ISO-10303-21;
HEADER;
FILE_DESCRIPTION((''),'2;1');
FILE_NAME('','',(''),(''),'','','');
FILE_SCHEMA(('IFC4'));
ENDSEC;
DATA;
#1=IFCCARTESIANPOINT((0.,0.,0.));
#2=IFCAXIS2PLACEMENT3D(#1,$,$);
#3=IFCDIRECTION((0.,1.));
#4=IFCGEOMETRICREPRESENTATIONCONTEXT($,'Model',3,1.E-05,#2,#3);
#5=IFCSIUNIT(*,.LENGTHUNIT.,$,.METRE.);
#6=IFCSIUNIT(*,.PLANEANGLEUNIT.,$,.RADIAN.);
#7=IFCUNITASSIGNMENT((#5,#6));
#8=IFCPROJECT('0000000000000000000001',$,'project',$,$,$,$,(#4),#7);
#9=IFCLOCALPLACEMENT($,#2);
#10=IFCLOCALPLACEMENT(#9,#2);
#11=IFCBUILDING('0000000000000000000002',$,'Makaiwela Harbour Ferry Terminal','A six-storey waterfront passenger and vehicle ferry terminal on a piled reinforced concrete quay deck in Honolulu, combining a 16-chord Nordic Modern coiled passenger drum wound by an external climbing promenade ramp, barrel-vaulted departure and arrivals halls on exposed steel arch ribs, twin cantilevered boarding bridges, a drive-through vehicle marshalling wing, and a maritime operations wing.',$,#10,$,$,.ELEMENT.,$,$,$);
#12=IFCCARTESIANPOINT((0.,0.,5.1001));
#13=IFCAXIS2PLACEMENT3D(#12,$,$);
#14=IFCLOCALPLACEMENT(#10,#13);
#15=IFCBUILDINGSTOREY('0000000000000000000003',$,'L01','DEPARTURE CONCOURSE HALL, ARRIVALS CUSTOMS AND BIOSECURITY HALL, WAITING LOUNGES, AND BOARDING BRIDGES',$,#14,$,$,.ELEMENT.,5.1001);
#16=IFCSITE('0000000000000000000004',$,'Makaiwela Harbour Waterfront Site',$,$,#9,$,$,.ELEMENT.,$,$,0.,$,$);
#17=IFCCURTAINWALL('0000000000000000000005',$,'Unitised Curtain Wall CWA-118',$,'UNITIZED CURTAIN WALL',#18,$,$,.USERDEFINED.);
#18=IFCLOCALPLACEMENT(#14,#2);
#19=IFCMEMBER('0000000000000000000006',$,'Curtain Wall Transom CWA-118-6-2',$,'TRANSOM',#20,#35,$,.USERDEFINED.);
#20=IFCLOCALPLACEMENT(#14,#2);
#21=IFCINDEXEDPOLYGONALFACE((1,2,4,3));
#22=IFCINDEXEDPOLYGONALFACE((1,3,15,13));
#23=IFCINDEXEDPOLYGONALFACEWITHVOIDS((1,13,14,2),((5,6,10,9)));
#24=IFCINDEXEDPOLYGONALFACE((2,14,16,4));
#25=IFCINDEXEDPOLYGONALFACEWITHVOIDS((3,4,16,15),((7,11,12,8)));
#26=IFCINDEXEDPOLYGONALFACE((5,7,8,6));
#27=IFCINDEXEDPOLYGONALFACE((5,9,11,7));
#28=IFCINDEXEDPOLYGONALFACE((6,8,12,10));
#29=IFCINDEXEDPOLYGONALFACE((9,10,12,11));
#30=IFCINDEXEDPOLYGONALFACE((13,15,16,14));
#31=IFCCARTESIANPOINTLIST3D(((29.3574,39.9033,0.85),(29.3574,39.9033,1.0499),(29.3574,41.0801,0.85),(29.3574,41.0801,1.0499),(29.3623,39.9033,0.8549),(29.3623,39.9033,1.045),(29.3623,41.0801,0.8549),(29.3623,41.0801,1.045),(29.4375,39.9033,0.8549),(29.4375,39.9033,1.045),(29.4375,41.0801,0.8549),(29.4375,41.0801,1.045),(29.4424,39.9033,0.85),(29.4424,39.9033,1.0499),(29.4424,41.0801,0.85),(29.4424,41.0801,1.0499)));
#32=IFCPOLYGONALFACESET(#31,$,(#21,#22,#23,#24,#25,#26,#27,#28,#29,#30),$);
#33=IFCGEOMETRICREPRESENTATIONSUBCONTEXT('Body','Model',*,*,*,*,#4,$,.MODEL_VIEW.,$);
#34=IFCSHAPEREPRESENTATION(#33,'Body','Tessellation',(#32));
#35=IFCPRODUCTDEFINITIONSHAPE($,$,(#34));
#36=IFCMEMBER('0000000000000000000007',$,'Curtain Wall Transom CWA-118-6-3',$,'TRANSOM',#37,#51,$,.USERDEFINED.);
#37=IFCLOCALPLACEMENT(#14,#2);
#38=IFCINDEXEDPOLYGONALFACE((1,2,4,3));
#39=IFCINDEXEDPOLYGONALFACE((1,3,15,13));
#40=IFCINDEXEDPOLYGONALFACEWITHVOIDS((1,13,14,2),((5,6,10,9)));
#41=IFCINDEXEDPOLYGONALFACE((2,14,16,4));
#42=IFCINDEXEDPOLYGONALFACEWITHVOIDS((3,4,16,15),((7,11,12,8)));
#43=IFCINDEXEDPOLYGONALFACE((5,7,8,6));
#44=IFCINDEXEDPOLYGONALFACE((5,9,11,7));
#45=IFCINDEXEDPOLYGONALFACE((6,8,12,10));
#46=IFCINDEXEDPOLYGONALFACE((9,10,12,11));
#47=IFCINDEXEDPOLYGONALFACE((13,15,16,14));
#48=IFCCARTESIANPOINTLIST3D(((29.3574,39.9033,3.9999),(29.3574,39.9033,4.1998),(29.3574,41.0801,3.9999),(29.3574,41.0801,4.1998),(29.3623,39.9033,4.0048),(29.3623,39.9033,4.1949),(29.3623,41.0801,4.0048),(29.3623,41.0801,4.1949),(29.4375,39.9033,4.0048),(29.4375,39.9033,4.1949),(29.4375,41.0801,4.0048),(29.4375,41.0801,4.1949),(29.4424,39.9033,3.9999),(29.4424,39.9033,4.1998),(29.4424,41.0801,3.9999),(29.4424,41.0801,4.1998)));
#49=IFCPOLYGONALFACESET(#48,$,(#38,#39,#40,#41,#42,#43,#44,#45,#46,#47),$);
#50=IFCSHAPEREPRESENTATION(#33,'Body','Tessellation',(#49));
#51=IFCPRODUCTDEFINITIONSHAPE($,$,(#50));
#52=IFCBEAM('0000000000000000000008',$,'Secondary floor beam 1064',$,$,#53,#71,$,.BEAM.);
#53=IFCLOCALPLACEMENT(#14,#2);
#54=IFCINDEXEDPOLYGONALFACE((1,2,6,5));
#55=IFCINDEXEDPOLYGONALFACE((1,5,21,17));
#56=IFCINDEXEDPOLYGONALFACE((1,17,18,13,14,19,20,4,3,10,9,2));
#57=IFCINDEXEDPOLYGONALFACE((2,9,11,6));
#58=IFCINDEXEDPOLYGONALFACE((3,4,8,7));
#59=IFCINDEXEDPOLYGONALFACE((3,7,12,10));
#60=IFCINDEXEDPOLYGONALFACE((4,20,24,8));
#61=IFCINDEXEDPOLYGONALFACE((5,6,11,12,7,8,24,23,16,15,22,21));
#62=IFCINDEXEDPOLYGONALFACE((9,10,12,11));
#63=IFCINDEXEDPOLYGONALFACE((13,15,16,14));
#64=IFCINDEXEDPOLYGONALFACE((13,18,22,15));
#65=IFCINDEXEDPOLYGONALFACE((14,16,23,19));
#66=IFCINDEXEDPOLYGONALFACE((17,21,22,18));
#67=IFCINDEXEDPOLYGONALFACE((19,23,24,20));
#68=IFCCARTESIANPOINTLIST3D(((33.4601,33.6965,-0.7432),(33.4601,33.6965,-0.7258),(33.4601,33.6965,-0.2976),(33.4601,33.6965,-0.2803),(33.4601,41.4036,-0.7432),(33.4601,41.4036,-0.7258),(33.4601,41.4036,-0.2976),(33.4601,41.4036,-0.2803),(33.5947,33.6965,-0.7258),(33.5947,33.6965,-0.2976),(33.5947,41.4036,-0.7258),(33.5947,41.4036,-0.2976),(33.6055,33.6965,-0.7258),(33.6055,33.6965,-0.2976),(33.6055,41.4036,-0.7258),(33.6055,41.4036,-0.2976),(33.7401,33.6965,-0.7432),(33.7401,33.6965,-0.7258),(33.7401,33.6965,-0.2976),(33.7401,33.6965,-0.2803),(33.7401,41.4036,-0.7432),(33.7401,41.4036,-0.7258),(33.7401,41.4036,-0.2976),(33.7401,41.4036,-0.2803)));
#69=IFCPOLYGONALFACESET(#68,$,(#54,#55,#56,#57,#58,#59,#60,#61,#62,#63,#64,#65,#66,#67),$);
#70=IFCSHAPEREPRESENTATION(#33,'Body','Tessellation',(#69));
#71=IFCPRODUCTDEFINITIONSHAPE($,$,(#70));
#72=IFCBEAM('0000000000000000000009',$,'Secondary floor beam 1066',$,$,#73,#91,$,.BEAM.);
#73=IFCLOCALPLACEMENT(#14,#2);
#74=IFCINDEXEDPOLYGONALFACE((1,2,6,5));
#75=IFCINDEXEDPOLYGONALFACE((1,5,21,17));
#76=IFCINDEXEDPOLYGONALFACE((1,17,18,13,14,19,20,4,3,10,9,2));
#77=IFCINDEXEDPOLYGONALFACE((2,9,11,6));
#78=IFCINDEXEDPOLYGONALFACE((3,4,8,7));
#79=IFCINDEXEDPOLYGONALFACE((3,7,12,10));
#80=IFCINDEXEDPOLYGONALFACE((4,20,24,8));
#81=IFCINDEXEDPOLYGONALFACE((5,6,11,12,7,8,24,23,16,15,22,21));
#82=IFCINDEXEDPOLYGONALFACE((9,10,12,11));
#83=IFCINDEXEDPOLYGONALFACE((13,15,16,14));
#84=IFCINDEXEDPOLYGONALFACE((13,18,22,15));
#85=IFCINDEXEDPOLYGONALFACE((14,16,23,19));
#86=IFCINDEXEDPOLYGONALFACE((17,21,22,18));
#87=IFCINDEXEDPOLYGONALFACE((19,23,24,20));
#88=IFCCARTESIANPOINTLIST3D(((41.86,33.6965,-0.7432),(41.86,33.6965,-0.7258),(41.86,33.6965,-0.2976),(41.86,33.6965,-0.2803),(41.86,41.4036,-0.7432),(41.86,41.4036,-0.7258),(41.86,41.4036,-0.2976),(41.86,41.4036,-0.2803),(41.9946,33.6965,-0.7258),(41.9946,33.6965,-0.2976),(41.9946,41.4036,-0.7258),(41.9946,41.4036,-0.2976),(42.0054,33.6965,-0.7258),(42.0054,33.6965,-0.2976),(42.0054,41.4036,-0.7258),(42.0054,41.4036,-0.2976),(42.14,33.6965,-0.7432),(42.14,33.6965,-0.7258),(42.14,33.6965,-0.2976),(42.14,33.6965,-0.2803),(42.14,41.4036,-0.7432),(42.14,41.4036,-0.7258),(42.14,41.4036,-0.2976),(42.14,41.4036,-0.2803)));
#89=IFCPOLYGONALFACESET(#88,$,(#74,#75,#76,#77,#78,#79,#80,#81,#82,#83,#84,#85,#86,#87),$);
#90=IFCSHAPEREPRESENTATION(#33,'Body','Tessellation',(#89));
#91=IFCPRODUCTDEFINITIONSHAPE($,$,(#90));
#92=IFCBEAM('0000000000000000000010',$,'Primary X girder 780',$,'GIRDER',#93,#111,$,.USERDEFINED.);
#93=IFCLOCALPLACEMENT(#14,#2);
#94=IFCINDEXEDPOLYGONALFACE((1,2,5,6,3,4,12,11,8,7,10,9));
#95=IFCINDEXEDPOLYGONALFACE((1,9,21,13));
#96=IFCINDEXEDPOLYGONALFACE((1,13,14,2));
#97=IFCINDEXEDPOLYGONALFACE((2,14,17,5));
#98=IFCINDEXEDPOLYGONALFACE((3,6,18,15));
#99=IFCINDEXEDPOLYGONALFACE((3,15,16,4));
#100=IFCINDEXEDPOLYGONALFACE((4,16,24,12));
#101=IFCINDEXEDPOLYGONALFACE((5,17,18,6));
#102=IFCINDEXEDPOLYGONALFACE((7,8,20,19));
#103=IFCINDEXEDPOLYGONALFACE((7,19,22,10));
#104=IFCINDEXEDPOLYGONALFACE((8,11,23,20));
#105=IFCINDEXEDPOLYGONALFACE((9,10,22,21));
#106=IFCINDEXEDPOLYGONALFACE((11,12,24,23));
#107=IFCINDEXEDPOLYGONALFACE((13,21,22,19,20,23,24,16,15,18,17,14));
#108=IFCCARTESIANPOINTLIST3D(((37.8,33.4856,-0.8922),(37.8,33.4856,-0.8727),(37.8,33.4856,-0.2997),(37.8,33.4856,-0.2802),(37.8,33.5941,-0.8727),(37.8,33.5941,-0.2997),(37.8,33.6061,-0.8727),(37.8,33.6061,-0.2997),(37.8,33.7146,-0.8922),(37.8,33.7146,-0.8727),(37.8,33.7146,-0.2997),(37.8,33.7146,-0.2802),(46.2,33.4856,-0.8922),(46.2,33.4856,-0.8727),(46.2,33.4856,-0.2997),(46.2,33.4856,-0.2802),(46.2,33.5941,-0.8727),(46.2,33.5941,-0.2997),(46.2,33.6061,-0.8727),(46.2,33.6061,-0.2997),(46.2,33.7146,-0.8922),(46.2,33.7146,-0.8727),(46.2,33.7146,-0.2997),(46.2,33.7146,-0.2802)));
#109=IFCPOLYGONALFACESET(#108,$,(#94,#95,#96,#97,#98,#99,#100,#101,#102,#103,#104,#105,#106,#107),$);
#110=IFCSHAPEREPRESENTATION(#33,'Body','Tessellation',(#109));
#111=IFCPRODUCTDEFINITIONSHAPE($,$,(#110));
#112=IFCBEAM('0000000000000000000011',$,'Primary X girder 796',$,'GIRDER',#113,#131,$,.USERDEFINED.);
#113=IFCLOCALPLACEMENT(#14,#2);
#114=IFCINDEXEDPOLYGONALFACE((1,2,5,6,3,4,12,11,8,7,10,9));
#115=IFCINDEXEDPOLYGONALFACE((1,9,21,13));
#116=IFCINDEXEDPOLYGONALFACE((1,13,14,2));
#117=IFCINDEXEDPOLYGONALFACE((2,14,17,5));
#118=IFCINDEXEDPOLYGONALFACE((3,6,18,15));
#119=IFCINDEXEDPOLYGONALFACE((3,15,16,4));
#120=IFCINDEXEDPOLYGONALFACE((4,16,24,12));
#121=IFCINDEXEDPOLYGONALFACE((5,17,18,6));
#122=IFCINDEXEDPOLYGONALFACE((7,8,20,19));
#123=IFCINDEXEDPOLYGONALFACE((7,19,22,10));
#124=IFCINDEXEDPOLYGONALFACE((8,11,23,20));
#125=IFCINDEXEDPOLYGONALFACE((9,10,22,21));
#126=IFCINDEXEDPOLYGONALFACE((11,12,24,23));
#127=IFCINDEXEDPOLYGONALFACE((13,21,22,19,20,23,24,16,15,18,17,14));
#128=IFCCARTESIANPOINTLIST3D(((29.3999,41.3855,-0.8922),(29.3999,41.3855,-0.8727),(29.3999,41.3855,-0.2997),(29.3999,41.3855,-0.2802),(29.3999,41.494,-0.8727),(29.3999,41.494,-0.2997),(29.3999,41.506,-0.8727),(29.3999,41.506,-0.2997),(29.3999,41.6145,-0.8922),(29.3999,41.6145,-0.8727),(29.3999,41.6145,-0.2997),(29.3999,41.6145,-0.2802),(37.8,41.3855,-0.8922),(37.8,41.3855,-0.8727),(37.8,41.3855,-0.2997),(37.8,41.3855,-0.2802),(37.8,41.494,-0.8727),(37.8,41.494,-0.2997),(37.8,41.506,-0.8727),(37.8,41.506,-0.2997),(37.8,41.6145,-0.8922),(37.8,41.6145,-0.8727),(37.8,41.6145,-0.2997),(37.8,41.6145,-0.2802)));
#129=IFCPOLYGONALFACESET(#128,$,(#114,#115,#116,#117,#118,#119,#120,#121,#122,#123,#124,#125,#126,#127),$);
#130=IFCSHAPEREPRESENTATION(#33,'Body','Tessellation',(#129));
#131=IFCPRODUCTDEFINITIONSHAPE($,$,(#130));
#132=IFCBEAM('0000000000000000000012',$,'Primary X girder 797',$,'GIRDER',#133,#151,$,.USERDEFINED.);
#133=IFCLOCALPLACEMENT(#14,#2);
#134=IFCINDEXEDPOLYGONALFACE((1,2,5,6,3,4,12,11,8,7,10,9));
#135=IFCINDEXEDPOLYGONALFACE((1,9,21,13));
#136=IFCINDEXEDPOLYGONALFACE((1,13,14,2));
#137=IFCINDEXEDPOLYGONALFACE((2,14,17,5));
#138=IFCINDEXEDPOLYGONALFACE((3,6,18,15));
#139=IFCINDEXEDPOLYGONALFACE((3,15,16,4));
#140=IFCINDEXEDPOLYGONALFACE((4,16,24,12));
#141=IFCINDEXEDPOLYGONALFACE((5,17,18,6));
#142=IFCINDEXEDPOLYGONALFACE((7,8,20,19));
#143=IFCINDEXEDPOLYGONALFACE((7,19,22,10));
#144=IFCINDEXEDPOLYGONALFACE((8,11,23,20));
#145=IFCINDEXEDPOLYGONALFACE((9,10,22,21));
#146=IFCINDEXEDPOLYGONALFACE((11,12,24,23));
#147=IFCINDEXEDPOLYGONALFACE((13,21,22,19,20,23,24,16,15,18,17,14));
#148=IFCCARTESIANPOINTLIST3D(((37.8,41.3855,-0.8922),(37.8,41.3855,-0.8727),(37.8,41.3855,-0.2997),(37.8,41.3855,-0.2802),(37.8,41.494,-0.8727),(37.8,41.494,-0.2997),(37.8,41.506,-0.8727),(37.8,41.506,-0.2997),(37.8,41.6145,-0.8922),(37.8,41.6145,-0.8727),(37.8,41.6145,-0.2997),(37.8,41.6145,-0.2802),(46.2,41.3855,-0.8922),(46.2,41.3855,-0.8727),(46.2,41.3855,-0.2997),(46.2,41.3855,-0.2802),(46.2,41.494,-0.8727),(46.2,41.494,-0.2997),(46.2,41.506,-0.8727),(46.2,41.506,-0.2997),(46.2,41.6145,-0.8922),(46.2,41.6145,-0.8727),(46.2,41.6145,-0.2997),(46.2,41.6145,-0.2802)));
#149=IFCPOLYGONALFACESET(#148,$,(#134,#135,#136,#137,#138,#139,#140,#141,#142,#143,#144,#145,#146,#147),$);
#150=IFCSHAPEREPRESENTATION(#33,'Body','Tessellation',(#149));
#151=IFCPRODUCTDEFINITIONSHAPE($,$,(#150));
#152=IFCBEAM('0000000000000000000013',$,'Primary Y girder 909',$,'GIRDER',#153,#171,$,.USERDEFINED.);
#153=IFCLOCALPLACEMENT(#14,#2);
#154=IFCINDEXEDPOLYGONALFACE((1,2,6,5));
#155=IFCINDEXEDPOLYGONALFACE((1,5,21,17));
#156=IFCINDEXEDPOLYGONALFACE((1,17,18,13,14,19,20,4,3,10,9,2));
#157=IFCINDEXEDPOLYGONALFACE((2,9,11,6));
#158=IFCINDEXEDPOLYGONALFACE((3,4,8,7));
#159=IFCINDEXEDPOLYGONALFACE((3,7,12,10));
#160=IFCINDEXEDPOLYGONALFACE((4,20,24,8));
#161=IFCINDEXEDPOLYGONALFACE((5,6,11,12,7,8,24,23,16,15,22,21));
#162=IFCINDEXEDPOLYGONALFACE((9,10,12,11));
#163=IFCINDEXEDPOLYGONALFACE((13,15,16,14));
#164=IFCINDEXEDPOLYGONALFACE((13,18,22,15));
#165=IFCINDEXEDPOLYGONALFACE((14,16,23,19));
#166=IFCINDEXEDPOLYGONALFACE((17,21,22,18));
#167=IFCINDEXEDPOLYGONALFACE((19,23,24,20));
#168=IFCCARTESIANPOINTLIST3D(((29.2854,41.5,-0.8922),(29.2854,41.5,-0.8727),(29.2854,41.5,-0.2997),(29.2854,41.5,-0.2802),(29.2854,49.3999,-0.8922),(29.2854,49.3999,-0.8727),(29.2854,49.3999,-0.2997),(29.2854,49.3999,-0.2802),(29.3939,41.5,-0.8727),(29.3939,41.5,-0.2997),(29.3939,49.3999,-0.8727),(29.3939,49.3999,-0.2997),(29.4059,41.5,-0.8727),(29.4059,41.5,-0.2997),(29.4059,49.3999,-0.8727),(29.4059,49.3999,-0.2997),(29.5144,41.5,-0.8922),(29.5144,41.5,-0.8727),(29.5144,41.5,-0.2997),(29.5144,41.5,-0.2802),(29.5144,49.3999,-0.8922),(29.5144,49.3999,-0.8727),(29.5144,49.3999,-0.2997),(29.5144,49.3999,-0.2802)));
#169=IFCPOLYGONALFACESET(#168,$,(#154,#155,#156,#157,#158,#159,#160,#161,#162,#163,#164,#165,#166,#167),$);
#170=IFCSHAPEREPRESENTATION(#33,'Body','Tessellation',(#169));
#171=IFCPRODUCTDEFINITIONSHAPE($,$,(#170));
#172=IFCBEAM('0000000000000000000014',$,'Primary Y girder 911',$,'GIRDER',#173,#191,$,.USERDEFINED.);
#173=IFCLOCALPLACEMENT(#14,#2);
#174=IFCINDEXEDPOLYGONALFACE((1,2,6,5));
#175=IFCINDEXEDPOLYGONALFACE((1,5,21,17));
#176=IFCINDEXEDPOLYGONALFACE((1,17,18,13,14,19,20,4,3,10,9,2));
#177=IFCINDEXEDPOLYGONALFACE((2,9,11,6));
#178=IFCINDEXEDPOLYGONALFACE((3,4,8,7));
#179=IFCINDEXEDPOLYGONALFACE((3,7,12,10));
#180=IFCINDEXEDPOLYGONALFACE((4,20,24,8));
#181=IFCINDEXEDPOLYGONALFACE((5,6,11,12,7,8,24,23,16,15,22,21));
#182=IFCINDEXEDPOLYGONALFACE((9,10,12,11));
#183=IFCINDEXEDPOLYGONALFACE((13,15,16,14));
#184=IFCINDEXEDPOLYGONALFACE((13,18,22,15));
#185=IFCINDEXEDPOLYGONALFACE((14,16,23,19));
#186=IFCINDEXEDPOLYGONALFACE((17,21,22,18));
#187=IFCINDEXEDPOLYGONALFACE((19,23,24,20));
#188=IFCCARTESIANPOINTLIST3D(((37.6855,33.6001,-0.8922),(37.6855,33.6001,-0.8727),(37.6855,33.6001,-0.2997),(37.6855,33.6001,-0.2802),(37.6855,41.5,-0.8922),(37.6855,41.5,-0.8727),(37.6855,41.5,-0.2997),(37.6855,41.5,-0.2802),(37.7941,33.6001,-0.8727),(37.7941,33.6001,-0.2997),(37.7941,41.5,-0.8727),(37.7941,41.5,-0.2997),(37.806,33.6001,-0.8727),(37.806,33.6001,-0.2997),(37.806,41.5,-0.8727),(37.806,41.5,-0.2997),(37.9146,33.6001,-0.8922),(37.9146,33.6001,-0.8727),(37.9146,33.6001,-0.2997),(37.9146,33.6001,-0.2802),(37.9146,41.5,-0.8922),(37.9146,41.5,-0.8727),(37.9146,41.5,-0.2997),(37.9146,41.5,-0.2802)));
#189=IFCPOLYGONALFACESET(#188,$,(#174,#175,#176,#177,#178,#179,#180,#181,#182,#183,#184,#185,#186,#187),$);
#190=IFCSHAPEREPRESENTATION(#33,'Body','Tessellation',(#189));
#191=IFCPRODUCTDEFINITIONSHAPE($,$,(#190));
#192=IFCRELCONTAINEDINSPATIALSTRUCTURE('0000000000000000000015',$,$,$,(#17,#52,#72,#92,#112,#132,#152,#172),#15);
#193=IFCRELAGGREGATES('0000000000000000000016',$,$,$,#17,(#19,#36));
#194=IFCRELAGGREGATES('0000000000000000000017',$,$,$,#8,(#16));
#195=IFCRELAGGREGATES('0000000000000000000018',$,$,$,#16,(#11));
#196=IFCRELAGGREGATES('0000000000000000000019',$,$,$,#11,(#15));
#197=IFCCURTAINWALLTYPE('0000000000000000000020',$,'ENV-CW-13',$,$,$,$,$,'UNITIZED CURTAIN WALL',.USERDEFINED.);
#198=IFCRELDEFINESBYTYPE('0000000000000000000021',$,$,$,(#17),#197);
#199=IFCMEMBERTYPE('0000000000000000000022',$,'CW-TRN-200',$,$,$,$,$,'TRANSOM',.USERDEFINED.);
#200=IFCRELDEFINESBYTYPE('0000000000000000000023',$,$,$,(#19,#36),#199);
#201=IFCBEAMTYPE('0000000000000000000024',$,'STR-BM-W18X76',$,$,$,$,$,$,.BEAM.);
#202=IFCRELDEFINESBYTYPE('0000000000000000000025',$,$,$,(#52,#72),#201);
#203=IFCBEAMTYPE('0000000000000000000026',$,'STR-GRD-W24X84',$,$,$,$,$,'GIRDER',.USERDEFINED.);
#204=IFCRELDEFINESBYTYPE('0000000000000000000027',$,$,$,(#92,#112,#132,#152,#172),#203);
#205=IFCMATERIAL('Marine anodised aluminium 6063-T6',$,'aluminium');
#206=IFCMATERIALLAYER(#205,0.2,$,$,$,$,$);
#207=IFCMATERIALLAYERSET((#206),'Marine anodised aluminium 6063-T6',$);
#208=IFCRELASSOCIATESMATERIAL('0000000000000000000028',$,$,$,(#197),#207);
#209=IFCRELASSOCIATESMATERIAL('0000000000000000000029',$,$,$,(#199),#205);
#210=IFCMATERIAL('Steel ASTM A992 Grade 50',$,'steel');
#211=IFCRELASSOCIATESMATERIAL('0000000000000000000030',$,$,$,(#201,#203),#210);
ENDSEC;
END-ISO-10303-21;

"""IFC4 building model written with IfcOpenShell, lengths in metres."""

from ifc_helpers import new_model, si_unit, direction, frame, origin, origin_2d, place, context, subcontext, project, spatial, hollow_rectangle, i_section, extrude, material, layer, layer_set, material_profile, profile_set, type_object, element, aggregate, save


model = new_model("IFC4")

# Units and contexts
model_context = context("Model", 3, precision=1e-05, world=origin(), true_north=direction((0.0, 1.0)))
body_context = subcontext(model_context, "Body", "Model", "MODEL_VIEW")
ifc_project = project(units=[si_unit("LENGTHUNIT", "METRE"), si_unit("PLANEANGLEUNIT", "RADIAN")], contexts=[model_context])

# Site, building, storey
site_placement = place(None, origin())
site = spatial("IfcSite", under=ifc_project, at=site_placement, Name="Makaiwela Harbour Waterfront Site", CompositionType="ELEMENT", RefElevation=0.0)
building_placement = place(site_placement, origin())
building = spatial("IfcBuilding", under=site, at=building_placement, Name="Makaiwela Harbour Ferry Terminal", Description="A six-storey waterfront passenger and vehicle ferry terminal on a piled reinforced concrete quay deck in Honolulu, combining a 16-chord Nordic Modern coiled passenger drum wound by an external climbing promenade ramp, barrel-vaulted departure and arrivals halls on exposed steel arch ribs, twin cantilevered boarding bridges, a drive-through vehicle marshalling wing, and a maritime operations wing.", CompositionType="ELEMENT")
storey_placement = place(building_placement, frame((0.0, 0.0, 5.1001)))
storey = spatial("IfcBuildingStorey", under=building, at=storey_placement, Name="L01", Description="DEPARTURE CONCOURSE HALL, ARRIVALS CUSTOMS AND BIOSECURITY HALL, WAITING LOUNGES, AND BOARDING BRIDGES", CompositionType="ELEMENT", Elevation=5.1001)

# Shared definitions
ifc_material_1 = material(Name="Steel ASTM A992 Grade 50", Category="steel")

# Curtain wall, members
ifc_material_2 = material(Name="Marine anodised aluminium 6063-T6", Category="aluminium")
ifc_layer_1 = layer(ifc_material_2, 0.2)
ifc_layer_set_1 = layer_set([ifc_layer_1], Name="Marine anodised aluminium 6063-T6")
curtain_wall_type = type_object("IfcCurtainWallType", Name="ENV-CW-13", ElementType="UNITIZED CURTAIN WALL", PredefinedType="USERDEFINED", material=ifc_layer_set_1)
curtain_wall_placement = place(storey_placement, origin())
curtain_wall = element("IfcCurtainWall", 1, at=curtain_wall_placement, inside=storey, type_object=curtain_wall_type, Name="Unitised Curtain Wall CWA-118", ObjectType="UNITIZED CURTAIN WALL", PredefinedType="USERDEFINED")
ifc_material_profile_1 = material_profile(ifc_material_2, hollow_rectangle(XDim=0.085, YDim=0.2, WallThickness=0.0049, at=origin_2d()), Name="CWT-200X85")
ifc_profile_set_1 = profile_set([ifc_material_profile_1], Name="Marine anodised aluminium 6063-T6")
member_type_1 = type_object("IfcMemberType", Name="CW-TRN-200", ElementType="TRANSOM", PredefinedType="USERDEFINED", material=ifc_profile_set_1)
member_1_placement = place(storey_placement, frame((29.3999, 39.9033, 0.95), z_axis=(0.0, 1.0, 0.0), x_axis=(-1.0, 0.0, 0.0)))
member_1 = element("IfcMember", 2, at=member_1_placement, type_object=member_type_1, Name="Curtain Wall Transom CWA-118-6-2", ObjectType="TRANSOM", PredefinedType="USERDEFINED", context=body_context, shape_type="SweptSolid", body=[
    extrude(hollow_rectangle(XDim=0.085, YDim=0.2, WallThickness=0.0049, at=origin_2d()), origin(), (0.0, 0.0, 1.0), 1.1768),
])
member_2_placement = place(storey_placement, frame((29.3999, 39.9033, 4.0999), z_axis=(0.0, 1.0, 0.0), x_axis=(-1.0, 0.0, 0.0)))
member_2 = element("IfcMember", 3, at=member_2_placement, type_object=member_type_1, Name="Curtain Wall Transom CWA-118-6-3", ObjectType="TRANSOM", PredefinedType="USERDEFINED", context=body_context, shape_type="SweptSolid", body=[
    extrude(hollow_rectangle(XDim=0.085, YDim=0.2, WallThickness=0.0049, at=origin_2d()), origin(), (0.0, 0.0, 1.0), 1.1768),
])

# Beams
ifc_material_profile_2 = material_profile(ifc_material_1, i_section(OverallWidth=0.28, OverallDepth=0.4629, WebThickness=0.0107, FlangeThickness=0.0173, at=origin_2d()), Name="W18X76")
ifc_profile_set_2 = profile_set([ifc_material_profile_2], Name="Steel ASTM A992 Grade 50")
beam_type_1 = type_object("IfcBeamType", Name="STR-BM-W18X76", PredefinedType="BEAM", material=ifc_profile_set_2)
for number, where, z_axis, x_axis, name in (
    (4, (33.6001, 33.6965, -0.5117), (0.0, 1.0, 0.0), (-1.0, 0.0, 0.0), "Secondary floor beam 1064"),
    (5, (42.0, 33.6965, -0.5117), (0.0, 1.0, 0.0), (-1.0, 0.0, 0.0), "Secondary floor beam 1066"),
):
    element("IfcBeam", number, at=place(storey_placement, frame(where, z_axis=z_axis, x_axis=x_axis)), inside=storey, type_object=beam_type_1, Name=name, PredefinedType="BEAM", context=body_context, shape_type="SweptSolid", body=[
        extrude(i_section(OverallWidth=0.28, OverallDepth=0.4629, WebThickness=0.0107, FlangeThickness=0.0173, at=origin_2d()), origin(), (0.0, 0.0, 1.0), 7.707),
    ])
ifc_material_profile_3 = material_profile(ifc_material_1, i_section(OverallWidth=0.229, OverallDepth=0.6121, WebThickness=0.012, FlangeThickness=0.0195, at=origin_2d()), Name="W24X84")
ifc_profile_set_3 = profile_set([ifc_material_profile_3], Name="Steel ASTM A992 Grade 50")
beam_type_2 = type_object("IfcBeamType", Name="STR-GRD-W24X84", ElementType="GIRDER", PredefinedType="USERDEFINED", material=ifc_profile_set_3)
beam_1_placement = place(storey_placement, frame((37.8, 33.6001, -0.5862), z_axis=(1.0, 0.0, 0.0), x_axis=(0.0, 1.0, 0.0)))
element("IfcBeam", 6, at=beam_1_placement, inside=storey, type_object=beam_type_2, Name="Primary X girder 780", ObjectType="GIRDER", PredefinedType="USERDEFINED", context=body_context, shape_type="SweptSolid", body=[
    extrude(i_section(OverallWidth=0.229, OverallDepth=0.6121, WebThickness=0.012, FlangeThickness=0.0195, at=origin_2d()), origin(), (0.0, 0.0, 1.0), 8.3999),
])
beam_2_placement = place(storey_placement, frame((29.3999, 41.5, -0.5862), z_axis=(1.0, 0.0, 0.0), x_axis=(0.0, 1.0, 0.0)))
element("IfcBeam", 7, at=beam_2_placement, inside=storey, type_object=beam_type_2, Name="Primary X girder 796", ObjectType="GIRDER", PredefinedType="USERDEFINED", context=body_context, shape_type="SweptSolid", body=[
    extrude(i_section(OverallWidth=0.229, OverallDepth=0.6121, WebThickness=0.012, FlangeThickness=0.0195, at=origin_2d()), origin(), (0.0, 0.0, 1.0), 8.4001),
])
beam_3_placement = place(storey_placement, frame((37.8, 41.5, -0.5862), z_axis=(1.0, 0.0, 0.0), x_axis=(0.0, 1.0, 0.0)))
element("IfcBeam", 8, at=beam_3_placement, inside=storey, type_object=beam_type_2, Name="Primary X girder 797", ObjectType="GIRDER", PredefinedType="USERDEFINED", context=body_context, shape_type="SweptSolid", body=[
    extrude(i_section(OverallWidth=0.229, OverallDepth=0.6121, WebThickness=0.012, FlangeThickness=0.0195, at=origin_2d()), origin(), (0.0, 0.0, 1.0), 8.3999),
])
for number, where, z_axis, x_axis, name in (
    (9, (29.3999, 41.5, -0.5862), (0.0, 1.0, 0.0), (-1.0, 0.0, 0.0), "Primary Y girder 909"),
    (10, (37.8, 33.6001, -0.5862), (0.0, 1.0, 0.0), (-1.0, 0.0, 0.0), "Primary Y girder 911"),
):
    element("IfcBeam", number, at=place(storey_placement, frame(where, z_axis=z_axis, x_axis=x_axis)), inside=storey, type_object=beam_type_2, Name=name, ObjectType="GIRDER", PredefinedType="USERDEFINED", context=body_context, shape_type="SweptSolid", body=[
        extrude(i_section(OverallWidth=0.229, OverallDepth=0.6121, WebThickness=0.012, FlangeThickness=0.0195, at=origin_2d()), origin(), (0.0, 0.0, 1.0), 7.8999),
    ])

aggregate(curtain_wall, [member_1, member_2])

save(model, "model.ifc")
